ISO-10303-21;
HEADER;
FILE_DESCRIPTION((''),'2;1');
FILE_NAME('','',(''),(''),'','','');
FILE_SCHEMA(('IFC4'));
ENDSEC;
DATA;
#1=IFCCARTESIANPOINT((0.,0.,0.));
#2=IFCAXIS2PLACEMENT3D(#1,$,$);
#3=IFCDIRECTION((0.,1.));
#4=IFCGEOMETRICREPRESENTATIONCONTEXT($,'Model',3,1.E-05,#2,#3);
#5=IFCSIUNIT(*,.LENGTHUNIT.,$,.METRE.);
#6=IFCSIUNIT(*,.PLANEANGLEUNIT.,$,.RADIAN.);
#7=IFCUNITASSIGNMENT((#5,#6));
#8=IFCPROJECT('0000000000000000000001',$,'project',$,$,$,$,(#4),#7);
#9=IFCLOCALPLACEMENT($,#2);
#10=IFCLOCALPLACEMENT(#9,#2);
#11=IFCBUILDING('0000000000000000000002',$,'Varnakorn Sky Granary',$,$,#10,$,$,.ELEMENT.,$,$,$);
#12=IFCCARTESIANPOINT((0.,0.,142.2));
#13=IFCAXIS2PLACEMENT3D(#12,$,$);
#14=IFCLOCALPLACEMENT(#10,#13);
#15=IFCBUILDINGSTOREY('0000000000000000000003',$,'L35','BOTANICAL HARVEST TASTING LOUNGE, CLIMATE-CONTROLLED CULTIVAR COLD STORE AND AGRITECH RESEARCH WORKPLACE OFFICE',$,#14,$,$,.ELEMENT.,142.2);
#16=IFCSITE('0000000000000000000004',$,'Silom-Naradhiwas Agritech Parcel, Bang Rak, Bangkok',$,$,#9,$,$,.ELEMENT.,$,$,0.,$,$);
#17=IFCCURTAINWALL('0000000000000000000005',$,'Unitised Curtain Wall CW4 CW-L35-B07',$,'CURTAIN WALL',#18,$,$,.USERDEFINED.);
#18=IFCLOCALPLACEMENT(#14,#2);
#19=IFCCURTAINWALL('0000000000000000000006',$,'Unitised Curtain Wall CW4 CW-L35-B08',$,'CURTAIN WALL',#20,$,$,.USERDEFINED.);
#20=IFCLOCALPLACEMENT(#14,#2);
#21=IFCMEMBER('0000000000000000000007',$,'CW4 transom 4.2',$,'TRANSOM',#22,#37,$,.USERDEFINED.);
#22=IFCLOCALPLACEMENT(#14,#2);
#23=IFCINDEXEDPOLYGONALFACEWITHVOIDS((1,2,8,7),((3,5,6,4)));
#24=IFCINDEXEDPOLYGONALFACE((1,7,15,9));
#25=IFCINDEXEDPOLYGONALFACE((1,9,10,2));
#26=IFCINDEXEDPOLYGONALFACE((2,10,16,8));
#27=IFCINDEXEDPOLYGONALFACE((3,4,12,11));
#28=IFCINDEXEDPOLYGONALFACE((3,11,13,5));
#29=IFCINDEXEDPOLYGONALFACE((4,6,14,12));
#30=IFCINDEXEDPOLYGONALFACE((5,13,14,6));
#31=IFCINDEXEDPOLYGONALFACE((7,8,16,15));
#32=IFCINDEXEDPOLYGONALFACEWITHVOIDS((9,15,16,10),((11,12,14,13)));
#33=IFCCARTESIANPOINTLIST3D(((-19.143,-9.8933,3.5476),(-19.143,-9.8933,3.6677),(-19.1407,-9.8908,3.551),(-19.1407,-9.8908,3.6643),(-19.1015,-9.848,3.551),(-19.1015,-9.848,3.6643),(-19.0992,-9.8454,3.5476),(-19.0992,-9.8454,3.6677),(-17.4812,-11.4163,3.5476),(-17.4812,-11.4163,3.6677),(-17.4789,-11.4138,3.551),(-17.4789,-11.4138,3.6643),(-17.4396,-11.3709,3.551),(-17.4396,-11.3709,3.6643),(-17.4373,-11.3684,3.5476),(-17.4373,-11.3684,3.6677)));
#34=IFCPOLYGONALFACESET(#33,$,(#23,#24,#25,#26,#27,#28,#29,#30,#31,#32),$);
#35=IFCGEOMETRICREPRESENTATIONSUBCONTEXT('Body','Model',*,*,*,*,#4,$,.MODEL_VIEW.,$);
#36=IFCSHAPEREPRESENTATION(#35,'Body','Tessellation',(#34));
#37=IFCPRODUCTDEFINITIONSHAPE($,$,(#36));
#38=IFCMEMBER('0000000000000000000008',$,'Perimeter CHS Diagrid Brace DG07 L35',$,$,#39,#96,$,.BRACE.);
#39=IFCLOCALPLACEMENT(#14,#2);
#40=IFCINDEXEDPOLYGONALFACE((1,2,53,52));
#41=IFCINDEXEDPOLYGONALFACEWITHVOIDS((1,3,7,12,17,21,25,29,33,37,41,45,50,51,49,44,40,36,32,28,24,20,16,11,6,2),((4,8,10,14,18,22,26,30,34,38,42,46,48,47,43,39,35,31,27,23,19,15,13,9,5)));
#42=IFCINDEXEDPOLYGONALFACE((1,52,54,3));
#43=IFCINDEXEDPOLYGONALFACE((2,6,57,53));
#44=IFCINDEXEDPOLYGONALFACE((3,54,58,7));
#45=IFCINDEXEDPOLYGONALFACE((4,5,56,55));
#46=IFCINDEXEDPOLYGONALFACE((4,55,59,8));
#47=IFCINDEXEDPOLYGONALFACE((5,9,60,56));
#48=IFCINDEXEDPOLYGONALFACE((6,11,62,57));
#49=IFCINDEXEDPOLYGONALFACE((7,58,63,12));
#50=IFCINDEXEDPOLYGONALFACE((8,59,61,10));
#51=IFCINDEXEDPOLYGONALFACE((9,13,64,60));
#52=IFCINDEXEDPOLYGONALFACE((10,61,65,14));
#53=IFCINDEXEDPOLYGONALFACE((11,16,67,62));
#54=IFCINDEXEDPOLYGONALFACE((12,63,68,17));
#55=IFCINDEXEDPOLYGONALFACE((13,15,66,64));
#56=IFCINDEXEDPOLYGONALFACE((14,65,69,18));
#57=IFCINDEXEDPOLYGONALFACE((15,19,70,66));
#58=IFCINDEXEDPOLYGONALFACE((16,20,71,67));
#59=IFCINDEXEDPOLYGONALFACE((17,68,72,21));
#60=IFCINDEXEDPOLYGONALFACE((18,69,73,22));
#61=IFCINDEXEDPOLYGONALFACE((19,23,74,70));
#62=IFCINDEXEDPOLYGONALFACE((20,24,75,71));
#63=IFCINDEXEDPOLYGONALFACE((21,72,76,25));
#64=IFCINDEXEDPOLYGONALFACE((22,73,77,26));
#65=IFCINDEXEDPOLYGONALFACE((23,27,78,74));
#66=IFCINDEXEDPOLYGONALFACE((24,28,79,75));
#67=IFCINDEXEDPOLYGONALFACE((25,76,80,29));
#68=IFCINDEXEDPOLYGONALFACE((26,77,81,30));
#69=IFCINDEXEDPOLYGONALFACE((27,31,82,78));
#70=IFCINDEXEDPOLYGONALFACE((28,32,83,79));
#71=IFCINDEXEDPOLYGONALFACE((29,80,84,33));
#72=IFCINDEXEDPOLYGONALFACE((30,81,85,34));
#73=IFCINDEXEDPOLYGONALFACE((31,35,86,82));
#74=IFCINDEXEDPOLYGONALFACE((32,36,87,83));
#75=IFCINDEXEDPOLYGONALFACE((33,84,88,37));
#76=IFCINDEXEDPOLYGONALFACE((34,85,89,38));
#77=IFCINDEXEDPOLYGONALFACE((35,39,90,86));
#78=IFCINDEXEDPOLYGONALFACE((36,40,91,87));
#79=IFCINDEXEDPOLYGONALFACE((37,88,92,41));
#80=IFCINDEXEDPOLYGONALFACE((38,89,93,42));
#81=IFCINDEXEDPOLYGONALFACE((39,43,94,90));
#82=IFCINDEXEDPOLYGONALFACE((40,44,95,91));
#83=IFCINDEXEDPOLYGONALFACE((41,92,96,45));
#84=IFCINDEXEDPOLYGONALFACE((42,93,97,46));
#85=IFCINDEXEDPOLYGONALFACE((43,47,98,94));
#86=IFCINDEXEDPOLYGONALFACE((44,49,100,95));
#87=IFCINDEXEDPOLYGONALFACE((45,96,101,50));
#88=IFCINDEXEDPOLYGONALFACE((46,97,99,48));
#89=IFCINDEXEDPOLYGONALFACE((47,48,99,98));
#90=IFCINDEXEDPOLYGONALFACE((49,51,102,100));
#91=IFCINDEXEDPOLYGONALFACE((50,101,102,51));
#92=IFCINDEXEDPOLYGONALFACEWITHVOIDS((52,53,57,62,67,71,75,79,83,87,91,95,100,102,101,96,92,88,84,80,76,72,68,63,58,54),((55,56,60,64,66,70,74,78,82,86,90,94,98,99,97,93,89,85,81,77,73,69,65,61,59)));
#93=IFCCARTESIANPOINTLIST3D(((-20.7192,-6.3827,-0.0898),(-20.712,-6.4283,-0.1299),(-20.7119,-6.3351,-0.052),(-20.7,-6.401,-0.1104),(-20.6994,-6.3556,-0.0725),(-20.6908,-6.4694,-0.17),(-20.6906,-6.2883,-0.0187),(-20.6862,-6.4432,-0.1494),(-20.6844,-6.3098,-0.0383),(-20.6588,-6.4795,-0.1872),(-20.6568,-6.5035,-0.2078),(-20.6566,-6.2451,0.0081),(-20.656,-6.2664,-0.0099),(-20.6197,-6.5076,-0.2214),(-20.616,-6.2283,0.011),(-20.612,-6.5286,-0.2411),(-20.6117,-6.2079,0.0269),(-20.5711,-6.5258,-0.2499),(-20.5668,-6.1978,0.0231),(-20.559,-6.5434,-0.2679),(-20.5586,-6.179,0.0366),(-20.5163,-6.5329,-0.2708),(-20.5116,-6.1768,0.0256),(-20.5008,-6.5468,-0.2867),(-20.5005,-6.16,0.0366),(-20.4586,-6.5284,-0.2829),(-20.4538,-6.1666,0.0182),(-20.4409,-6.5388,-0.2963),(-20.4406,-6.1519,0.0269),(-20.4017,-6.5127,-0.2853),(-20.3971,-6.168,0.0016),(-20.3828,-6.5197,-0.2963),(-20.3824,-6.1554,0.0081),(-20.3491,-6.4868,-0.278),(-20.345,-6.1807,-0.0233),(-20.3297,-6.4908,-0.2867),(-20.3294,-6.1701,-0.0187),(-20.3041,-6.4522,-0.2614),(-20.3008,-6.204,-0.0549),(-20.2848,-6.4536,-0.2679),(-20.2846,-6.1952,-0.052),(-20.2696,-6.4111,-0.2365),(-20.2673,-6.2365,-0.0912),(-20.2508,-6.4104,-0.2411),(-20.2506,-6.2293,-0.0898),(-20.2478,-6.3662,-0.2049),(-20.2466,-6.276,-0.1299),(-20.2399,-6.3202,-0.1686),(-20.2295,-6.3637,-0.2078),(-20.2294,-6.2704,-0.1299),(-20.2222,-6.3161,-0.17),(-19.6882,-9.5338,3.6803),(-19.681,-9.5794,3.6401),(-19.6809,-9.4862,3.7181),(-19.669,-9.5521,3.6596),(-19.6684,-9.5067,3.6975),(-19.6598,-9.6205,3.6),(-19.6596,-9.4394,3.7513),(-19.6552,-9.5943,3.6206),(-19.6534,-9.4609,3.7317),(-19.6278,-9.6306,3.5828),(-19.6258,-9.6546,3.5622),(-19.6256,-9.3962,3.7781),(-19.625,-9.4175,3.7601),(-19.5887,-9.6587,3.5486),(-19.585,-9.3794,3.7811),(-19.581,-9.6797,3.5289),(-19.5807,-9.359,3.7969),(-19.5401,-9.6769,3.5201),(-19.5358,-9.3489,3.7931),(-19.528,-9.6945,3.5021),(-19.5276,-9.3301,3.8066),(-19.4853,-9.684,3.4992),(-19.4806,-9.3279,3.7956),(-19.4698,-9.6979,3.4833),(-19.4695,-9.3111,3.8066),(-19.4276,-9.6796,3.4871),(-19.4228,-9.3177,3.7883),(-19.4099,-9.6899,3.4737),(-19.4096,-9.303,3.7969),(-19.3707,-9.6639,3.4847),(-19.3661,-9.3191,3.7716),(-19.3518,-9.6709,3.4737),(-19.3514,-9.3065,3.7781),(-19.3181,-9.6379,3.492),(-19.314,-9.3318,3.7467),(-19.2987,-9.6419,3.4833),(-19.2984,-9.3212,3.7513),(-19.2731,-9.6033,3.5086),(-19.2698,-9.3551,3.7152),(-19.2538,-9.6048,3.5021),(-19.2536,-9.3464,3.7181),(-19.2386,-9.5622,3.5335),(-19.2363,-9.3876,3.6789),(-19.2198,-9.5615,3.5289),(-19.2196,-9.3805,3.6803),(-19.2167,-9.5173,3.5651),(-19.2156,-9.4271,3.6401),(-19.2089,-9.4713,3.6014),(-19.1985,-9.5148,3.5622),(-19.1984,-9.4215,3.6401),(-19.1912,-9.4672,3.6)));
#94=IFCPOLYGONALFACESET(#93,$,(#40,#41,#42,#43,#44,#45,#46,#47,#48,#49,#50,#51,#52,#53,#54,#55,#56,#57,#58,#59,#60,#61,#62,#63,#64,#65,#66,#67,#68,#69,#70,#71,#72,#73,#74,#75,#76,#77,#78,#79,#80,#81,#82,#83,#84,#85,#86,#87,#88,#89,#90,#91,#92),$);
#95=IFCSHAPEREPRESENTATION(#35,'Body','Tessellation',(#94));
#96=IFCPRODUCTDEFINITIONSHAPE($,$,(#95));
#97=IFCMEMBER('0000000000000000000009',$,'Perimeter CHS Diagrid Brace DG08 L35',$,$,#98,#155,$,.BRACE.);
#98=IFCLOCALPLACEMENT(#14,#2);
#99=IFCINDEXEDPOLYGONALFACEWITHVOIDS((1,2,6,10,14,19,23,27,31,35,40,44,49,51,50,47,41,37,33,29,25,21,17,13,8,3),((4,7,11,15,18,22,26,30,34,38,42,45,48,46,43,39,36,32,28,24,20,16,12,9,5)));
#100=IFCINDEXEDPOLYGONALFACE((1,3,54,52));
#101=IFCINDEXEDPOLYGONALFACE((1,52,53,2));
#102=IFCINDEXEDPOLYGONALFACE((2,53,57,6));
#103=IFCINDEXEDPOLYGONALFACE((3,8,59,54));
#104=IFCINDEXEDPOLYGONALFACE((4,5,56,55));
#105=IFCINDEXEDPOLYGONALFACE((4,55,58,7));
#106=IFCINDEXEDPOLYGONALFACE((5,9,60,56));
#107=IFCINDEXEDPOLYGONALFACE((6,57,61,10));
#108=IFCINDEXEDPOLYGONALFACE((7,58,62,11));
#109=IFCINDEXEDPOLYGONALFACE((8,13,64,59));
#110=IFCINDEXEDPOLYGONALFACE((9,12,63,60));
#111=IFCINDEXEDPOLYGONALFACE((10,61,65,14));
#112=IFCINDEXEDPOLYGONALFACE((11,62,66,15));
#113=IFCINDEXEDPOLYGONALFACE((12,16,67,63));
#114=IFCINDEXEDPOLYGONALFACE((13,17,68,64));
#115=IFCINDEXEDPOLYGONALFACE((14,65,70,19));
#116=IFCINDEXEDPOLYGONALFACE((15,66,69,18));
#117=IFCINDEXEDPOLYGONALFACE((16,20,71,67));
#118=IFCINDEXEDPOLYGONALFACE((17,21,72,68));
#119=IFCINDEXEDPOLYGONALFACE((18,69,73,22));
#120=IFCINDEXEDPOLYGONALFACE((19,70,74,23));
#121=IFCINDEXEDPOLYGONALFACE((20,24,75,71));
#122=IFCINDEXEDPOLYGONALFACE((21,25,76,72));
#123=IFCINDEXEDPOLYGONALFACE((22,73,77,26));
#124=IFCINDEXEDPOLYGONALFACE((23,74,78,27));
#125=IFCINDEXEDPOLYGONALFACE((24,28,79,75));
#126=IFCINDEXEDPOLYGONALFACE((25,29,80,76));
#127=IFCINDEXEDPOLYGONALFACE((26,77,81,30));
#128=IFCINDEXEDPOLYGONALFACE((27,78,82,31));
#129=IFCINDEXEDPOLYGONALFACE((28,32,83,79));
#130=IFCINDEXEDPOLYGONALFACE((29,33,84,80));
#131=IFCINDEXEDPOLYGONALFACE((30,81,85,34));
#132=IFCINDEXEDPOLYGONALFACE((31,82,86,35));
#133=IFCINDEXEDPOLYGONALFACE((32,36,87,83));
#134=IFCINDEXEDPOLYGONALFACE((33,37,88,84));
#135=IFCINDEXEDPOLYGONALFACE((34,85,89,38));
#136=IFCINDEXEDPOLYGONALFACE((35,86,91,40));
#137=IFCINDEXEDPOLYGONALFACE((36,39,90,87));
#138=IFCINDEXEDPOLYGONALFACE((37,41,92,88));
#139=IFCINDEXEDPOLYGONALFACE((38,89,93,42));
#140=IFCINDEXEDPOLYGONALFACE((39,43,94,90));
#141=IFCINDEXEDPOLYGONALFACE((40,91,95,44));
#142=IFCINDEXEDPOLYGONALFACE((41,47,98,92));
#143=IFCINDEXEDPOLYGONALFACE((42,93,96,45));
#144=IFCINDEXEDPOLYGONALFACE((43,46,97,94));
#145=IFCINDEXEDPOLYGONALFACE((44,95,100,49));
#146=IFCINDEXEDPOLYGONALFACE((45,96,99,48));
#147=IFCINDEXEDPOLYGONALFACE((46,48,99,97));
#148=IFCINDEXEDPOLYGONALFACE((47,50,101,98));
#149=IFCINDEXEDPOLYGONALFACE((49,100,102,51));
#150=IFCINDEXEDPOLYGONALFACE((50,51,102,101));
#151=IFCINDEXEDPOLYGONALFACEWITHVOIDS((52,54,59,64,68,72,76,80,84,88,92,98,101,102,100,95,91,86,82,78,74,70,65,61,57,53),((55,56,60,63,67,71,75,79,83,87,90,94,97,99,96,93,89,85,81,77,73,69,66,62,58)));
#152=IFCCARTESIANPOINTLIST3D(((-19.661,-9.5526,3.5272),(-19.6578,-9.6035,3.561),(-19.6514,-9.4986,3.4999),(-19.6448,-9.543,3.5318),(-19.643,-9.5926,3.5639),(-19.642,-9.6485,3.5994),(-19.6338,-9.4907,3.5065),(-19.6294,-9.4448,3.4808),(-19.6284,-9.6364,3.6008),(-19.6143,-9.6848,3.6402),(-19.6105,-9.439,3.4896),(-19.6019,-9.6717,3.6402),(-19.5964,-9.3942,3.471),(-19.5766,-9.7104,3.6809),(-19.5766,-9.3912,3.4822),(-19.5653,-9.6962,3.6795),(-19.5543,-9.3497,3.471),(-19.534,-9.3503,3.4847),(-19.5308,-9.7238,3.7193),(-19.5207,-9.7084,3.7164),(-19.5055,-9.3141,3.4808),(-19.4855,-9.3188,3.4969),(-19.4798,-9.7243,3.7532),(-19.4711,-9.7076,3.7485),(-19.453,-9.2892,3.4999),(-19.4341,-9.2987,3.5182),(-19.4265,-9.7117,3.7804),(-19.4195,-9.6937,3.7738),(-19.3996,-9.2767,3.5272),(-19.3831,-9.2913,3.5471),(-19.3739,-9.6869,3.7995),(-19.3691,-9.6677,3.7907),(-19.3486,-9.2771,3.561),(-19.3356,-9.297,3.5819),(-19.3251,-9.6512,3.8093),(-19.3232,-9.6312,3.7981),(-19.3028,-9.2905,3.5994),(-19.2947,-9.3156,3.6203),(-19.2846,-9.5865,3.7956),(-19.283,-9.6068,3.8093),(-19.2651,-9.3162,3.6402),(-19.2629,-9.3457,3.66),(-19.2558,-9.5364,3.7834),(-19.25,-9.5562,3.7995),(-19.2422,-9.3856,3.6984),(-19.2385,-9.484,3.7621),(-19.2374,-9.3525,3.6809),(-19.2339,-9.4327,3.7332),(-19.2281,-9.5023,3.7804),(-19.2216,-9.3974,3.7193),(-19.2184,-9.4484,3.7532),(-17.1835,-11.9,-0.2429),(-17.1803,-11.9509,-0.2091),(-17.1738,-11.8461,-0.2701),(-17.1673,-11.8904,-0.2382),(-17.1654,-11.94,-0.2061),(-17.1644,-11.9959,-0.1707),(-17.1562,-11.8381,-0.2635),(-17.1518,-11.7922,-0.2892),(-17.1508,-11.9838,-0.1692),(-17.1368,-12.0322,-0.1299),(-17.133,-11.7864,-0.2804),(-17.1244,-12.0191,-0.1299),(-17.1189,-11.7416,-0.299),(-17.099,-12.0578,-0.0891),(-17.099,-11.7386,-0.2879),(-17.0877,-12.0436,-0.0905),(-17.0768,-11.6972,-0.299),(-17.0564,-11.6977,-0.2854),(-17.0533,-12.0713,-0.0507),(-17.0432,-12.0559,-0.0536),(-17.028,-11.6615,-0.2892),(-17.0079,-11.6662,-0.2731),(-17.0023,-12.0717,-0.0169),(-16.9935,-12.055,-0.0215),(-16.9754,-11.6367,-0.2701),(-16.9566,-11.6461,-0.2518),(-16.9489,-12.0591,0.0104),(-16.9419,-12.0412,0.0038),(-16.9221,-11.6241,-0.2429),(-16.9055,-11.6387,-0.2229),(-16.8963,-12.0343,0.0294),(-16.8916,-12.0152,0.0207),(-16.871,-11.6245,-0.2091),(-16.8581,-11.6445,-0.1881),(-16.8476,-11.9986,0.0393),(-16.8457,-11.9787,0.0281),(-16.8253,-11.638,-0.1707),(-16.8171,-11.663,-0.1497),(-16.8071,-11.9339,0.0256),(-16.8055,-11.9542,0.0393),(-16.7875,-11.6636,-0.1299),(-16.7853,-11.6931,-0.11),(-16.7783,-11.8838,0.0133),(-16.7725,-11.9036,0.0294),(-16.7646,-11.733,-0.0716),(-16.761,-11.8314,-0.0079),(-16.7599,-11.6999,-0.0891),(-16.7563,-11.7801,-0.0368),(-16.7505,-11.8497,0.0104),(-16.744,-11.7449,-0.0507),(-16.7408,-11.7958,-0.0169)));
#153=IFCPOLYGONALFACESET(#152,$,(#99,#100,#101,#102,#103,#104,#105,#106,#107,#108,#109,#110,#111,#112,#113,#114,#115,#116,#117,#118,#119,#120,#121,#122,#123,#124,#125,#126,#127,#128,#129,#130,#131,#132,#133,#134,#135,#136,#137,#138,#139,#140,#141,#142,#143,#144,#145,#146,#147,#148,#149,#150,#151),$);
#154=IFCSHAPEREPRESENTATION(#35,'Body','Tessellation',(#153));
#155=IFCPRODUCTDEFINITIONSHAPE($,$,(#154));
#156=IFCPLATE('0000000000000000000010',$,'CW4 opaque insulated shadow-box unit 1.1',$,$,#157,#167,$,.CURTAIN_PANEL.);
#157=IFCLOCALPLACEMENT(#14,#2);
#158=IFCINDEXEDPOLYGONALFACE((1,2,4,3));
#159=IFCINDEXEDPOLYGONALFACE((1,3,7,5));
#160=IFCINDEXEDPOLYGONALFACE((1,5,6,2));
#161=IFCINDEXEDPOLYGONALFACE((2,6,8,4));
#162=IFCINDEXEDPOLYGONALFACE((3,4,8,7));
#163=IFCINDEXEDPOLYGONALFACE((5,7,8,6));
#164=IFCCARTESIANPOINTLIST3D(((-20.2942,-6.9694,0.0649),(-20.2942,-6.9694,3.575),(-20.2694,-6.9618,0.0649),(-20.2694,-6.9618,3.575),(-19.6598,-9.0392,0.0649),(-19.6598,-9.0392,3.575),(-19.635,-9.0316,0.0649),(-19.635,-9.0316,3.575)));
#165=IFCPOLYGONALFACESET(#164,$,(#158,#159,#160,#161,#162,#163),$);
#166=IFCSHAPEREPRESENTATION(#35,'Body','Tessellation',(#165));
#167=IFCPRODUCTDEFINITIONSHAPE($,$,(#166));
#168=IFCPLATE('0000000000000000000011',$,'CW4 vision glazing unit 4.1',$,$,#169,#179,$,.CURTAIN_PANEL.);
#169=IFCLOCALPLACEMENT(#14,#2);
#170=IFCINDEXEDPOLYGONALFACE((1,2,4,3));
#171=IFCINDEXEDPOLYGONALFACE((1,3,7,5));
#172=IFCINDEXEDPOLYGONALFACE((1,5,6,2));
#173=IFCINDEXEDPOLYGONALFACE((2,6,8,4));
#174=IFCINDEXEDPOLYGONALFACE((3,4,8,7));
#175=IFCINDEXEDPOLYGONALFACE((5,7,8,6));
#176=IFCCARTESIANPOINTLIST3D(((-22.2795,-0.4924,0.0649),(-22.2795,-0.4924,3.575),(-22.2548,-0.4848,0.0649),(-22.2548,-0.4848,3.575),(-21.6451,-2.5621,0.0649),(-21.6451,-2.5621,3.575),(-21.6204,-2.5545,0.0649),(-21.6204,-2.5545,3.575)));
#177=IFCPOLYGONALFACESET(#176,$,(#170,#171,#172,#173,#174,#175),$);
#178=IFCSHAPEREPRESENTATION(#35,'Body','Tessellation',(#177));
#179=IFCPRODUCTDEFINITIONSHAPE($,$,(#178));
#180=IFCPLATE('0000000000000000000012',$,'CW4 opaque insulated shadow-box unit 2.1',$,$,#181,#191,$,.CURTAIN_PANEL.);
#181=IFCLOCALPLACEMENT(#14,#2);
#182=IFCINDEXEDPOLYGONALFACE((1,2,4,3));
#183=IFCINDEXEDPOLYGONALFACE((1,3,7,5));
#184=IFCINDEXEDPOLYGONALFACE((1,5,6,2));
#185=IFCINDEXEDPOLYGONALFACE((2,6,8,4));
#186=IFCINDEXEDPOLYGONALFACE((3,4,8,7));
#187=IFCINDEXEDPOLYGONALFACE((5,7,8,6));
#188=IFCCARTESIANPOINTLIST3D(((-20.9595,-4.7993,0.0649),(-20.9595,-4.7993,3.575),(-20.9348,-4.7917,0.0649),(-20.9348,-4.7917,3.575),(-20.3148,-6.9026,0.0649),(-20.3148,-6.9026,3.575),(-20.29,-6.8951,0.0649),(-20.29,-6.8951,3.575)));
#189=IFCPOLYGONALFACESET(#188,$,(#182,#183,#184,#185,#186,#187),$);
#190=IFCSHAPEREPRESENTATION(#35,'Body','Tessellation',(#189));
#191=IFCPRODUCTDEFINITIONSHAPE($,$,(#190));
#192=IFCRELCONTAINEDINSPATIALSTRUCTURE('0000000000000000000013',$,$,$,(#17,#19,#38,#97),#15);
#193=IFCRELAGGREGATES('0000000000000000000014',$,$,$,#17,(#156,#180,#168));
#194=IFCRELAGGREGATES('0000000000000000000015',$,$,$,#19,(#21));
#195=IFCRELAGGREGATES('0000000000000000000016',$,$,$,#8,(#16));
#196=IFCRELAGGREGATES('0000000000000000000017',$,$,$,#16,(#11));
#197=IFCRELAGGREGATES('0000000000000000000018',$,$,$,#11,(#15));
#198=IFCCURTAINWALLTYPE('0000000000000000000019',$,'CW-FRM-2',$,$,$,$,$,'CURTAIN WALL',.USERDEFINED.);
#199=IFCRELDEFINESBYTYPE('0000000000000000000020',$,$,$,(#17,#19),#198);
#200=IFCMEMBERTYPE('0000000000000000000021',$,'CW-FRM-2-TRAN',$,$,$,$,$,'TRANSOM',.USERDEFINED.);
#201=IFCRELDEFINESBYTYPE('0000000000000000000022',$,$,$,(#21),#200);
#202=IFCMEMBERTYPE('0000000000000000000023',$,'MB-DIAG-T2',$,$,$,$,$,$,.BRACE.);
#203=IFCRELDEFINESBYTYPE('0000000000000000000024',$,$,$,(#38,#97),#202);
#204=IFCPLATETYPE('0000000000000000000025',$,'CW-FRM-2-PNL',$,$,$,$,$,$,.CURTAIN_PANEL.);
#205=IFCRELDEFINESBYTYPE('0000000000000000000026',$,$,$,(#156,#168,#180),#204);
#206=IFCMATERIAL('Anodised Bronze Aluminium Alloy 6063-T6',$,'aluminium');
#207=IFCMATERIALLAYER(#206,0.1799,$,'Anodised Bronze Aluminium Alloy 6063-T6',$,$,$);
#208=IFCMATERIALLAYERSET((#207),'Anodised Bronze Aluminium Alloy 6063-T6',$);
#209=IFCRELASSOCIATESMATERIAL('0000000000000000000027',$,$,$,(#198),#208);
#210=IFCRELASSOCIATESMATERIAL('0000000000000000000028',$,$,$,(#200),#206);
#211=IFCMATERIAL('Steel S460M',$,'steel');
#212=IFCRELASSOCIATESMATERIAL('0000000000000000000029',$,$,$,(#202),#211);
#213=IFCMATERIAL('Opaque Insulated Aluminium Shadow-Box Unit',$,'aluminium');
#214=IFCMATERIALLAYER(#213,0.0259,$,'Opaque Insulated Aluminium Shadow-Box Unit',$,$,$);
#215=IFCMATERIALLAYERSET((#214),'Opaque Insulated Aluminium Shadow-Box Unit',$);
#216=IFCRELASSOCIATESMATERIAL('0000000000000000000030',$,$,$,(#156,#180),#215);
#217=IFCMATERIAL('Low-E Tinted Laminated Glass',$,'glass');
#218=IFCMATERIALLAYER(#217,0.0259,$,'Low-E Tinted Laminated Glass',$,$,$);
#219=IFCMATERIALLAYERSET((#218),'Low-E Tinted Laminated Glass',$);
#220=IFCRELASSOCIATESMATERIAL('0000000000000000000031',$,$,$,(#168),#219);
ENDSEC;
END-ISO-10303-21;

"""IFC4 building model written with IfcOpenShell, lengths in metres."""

from ifc_helpers import new_model, si_unit, direction, frame, origin, origin_2d, place, context, subcontext, project, spatial, rectangle, hollow_rectangle, hollow_circle, extrude, source, transform, mapped, material, layer, layer_set, material_profile, profile_set, type_object, element, aggregate, save


model = new_model("IFC4")

# Units and contexts
model_context = context("Model", 3, precision=1e-05, world=origin(), true_north=direction((0.0, 1.0)))
body_context = subcontext(model_context, "Body", "Model", "MODEL_VIEW")
ifc_project = project(units=[si_unit("LENGTHUNIT", "METRE"), si_unit("PLANEANGLEUNIT", "RADIAN")], contexts=[model_context])

# Site, building, storey
site_placement = place(None, origin())
site = spatial("IfcSite", under=ifc_project, at=site_placement, Name="Silom-Naradhiwas Agritech Parcel, Bang Rak, Bangkok", CompositionType="ELEMENT", RefElevation=0.0)
building_placement = place(site_placement, origin())
building = spatial("IfcBuilding", under=site, at=building_placement, Name="Varnakorn Sky Granary", CompositionType="ELEMENT")
storey_placement = place(building_placement, frame((0.0, 0.0, 142.2)))
storey = spatial("IfcBuildingStorey", under=building, at=storey_placement, Name="L35", Description="BOTANICAL HARVEST TASTING LOUNGE, CLIMATE-CONTROLLED CULTIVAR COLD STORE AND AGRITECH RESEARCH WORKPLACE OFFICE", CompositionType="ELEMENT", Elevation=142.2)

# Shared definitions
ifc_material_1 = material(Name="Steel S460M", Category="steel")

# Curtain walls
ifc_material_2 = material(Name="Anodised Bronze Aluminium Alloy 6063-T6", Category="aluminium")
ifc_layer_1 = layer(ifc_material_2, 0.1799, Name="Anodised Bronze Aluminium Alloy 6063-T6")
ifc_layer_set_1 = layer_set([ifc_layer_1], Name="Anodised Bronze Aluminium Alloy 6063-T6")
curtain_wall_type = type_object("IfcCurtainWallType", Name="CW-FRM-2", ElementType="CURTAIN WALL", PredefinedType="USERDEFINED", material=ifc_layer_set_1)
curtain_wall_1_placement = place(storey_placement, origin())
curtain_wall_1 = element("IfcCurtainWall", 1, at=curtain_wall_1_placement, inside=storey, type_object=curtain_wall_type, Name="Unitised Curtain Wall CW4 CW-L35-B07", ObjectType="CURTAIN WALL", PredefinedType="USERDEFINED")
curtain_wall_2_placement = place(storey_placement, origin())
curtain_wall_2 = element("IfcCurtainWall", 2, at=curtain_wall_2_placement, inside=storey, type_object=curtain_wall_type, Name="Unitised Curtain Wall CW4 CW-L35-B08", ObjectType="CURTAIN WALL", PredefinedType="USERDEFINED")

# Member
ifc_material_profile_1 = material_profile(ifc_material_2, hollow_rectangle(XDim=0.0649, YDim=0.1201, WallThickness=0.0034, at=origin_2d()), Name="ALU TRAN 65x120")
ifc_profile_set_1 = profile_set([ifc_material_profile_1], Name="Anodised Bronze Aluminium Alloy 6063-T6")
member_type_1 = type_object("IfcMemberType", Name="CW-FRM-2-TRAN", ElementType="TRANSOM", PredefinedType="USERDEFINED", material=ifc_profile_set_1)
member_1_placement = place(storey_placement, frame((-17.4592, -11.3923, 3.6077), z_axis=(-0.737249, 0.675622, 0.0), x_axis=(-0.675622, -0.737249, 0.0)))
member_1 = element("IfcMember", 3, at=member_1_placement, type_object=member_type_1, Name="CW4 transom 4.2", ObjectType="TRANSOM", PredefinedType="USERDEFINED", context=body_context, shape_type="SweptSolid", body=[
    extrude(hollow_rectangle(XDim=0.0649, YDim=0.1201, WallThickness=0.0034, at=origin_2d()), origin(), (0.0, 0.0, 1.0), 2.2542),
])

# Members
ifc_material_profile_2 = material_profile(ifc_material_1, hollow_circle(Radius=0.2539, WallThickness=0.0181, at=origin_2d()), Name="CHS 508x18")
ifc_profile_set_2 = profile_set([ifc_material_profile_2], Name="Steel S460M")
member_type_2 = type_object("IfcMemberType", Name="MB-DIAG-T2", PredefinedType="BRACE", material=ifc_profile_set_2)
member_2_placement = place(storey_placement, frame((-20.4707, -6.3494, -0.1299), z_axis=(0.205358, -0.627649, 0.750922), x_axis=(0.950421, 0.310965, 0.0)))
element("IfcMember", 4, at=member_2_placement, inside=storey, type_object=member_type_2, Name="Perimeter CHS Diagrid Brace DG07 L35", PredefinedType="BRACE", context=body_context, shape_type="SweptSolid", body=[
    extrude(hollow_circle(Radius=0.2539, WallThickness=0.0181, at=origin_2d()), origin(), (0.0, 0.0, 1.0), 5.0205),
])
member_3_placement = place(storey_placement, frame((-16.9622, -11.8479, -0.1299), z_axis=(-0.487184, 0.461596, 0.741338), x_axis=(-0.687786, -0.725913, 0.0)))
element("IfcMember", 5, at=member_3_placement, inside=storey, type_object=member_type_2, Name="Perimeter CHS Diagrid Brace DG08 L35", PredefinedType="BRACE", context=body_context, shape_type="SweptSolid", body=[
    extrude(hollow_circle(Radius=0.2539, WallThickness=0.0181, at=origin_2d()), origin(), (0.0, 0.0, 1.0), 5.0854),
])

# Plates
ifc_material_3 = material(Name="Opaque Insulated Aluminium Shadow-Box Unit", Category="aluminium")
ifc_layer_2 = layer(ifc_material_3, 0.0259, Name="Opaque Insulated Aluminium Shadow-Box Unit")
ifc_layer_set_2 = layer_set([ifc_layer_2], Name="Opaque Insulated Aluminium Shadow-Box Unit")
plate_type = type_object("IfcPlateType", Name="CW-FRM-2-PNL", PredefinedType="CURTAIN_PANEL")
shared_shape_1 = source(origin(), body_context, "Body", "SweptSolid", [
    extrude(rectangle(XDim=2.1648, YDim=0.0259, at=origin_2d()), origin(), (0.0, 0.0, 1.0), 3.51),
])
plate_1_placement = place(storey_placement, frame((-19.9646, -8.0005, 0.0649), z_axis=(0.0, 0.0, 1.0), x_axis=(-0.293068, 0.956092, 0.0)))
plate_1 = element("IfcPlate", 6, at=plate_1_placement, type_object=plate_type, material=ifc_layer_set_2, Name="CW4 opaque insulated shadow-box unit 1.1", PredefinedType="CURTAIN_PANEL", context=body_context, shape_type="MappedRepresentation", body=[
    mapped(shared_shape_1, transform((0.0, 0.0, 0.0), x_axis=(1.0, 0.0, 0.0), y_axis=(0.0, 1.0, 0.0), z_axis=(0.0, 0.0, 1.0), scale=1.0)),
])
ifc_material_4 = material(Name="Low-E Tinted Laminated Glass", Category="glass")
ifc_layer_3 = layer(ifc_material_4, 0.0259, Name="Low-E Tinted Laminated Glass")
ifc_layer_set_3 = layer_set([ifc_layer_3], Name="Low-E Tinted Laminated Glass")
plate_2_placement = place(storey_placement, frame((-21.95, -1.5234, 0.0649), z_axis=(0.0, 0.0, 1.0), x_axis=(-0.293068, 0.956092, 0.0)))
plate_2 = element("IfcPlate", 7, at=plate_2_placement, type_object=plate_type, material=ifc_layer_set_3, Name="CW4 vision glazing unit 4.1", PredefinedType="CURTAIN_PANEL", context=body_context, shape_type="MappedRepresentation", body=[
    mapped(shared_shape_1, transform((0.0, 0.0, 0.0), x_axis=(1.0, 0.0, 0.0), y_axis=(0.0, 1.0, 0.0), z_axis=(0.0, 0.0, 1.0), scale=1.0)),
])
shared_shape_2 = source(origin(), body_context, "Body", "SweptSolid", [
    extrude(rectangle(XDim=2.2, YDim=0.0259, at=origin_2d()), origin(), (0.0, 0.0, 1.0), 3.51),
])
plate_3_placement = place(storey_placement, frame((-20.6248, -5.8472, 0.0649), z_axis=(0.0, 0.0, 1.0), x_axis=(-0.293068, 0.956092, 0.0)))
plate_3 = element("IfcPlate", 8, at=plate_3_placement, type_object=plate_type, material=ifc_layer_set_2, Name="CW4 opaque insulated shadow-box unit 2.1", PredefinedType="CURTAIN_PANEL", context=body_context, shape_type="MappedRepresentation", body=[
    mapped(shared_shape_2, transform((0.0, 0.0, 0.0), x_axis=(1.0, 0.0, 0.0), y_axis=(0.0, 1.0, 0.0), z_axis=(0.0, 0.0, 1.0), scale=1.0)),
])
aggregate(curtain_wall_1, [plate_1, plate_3, plate_2])
aggregate(curtain_wall_2, [member_1])

save(model, "model.ifc")
